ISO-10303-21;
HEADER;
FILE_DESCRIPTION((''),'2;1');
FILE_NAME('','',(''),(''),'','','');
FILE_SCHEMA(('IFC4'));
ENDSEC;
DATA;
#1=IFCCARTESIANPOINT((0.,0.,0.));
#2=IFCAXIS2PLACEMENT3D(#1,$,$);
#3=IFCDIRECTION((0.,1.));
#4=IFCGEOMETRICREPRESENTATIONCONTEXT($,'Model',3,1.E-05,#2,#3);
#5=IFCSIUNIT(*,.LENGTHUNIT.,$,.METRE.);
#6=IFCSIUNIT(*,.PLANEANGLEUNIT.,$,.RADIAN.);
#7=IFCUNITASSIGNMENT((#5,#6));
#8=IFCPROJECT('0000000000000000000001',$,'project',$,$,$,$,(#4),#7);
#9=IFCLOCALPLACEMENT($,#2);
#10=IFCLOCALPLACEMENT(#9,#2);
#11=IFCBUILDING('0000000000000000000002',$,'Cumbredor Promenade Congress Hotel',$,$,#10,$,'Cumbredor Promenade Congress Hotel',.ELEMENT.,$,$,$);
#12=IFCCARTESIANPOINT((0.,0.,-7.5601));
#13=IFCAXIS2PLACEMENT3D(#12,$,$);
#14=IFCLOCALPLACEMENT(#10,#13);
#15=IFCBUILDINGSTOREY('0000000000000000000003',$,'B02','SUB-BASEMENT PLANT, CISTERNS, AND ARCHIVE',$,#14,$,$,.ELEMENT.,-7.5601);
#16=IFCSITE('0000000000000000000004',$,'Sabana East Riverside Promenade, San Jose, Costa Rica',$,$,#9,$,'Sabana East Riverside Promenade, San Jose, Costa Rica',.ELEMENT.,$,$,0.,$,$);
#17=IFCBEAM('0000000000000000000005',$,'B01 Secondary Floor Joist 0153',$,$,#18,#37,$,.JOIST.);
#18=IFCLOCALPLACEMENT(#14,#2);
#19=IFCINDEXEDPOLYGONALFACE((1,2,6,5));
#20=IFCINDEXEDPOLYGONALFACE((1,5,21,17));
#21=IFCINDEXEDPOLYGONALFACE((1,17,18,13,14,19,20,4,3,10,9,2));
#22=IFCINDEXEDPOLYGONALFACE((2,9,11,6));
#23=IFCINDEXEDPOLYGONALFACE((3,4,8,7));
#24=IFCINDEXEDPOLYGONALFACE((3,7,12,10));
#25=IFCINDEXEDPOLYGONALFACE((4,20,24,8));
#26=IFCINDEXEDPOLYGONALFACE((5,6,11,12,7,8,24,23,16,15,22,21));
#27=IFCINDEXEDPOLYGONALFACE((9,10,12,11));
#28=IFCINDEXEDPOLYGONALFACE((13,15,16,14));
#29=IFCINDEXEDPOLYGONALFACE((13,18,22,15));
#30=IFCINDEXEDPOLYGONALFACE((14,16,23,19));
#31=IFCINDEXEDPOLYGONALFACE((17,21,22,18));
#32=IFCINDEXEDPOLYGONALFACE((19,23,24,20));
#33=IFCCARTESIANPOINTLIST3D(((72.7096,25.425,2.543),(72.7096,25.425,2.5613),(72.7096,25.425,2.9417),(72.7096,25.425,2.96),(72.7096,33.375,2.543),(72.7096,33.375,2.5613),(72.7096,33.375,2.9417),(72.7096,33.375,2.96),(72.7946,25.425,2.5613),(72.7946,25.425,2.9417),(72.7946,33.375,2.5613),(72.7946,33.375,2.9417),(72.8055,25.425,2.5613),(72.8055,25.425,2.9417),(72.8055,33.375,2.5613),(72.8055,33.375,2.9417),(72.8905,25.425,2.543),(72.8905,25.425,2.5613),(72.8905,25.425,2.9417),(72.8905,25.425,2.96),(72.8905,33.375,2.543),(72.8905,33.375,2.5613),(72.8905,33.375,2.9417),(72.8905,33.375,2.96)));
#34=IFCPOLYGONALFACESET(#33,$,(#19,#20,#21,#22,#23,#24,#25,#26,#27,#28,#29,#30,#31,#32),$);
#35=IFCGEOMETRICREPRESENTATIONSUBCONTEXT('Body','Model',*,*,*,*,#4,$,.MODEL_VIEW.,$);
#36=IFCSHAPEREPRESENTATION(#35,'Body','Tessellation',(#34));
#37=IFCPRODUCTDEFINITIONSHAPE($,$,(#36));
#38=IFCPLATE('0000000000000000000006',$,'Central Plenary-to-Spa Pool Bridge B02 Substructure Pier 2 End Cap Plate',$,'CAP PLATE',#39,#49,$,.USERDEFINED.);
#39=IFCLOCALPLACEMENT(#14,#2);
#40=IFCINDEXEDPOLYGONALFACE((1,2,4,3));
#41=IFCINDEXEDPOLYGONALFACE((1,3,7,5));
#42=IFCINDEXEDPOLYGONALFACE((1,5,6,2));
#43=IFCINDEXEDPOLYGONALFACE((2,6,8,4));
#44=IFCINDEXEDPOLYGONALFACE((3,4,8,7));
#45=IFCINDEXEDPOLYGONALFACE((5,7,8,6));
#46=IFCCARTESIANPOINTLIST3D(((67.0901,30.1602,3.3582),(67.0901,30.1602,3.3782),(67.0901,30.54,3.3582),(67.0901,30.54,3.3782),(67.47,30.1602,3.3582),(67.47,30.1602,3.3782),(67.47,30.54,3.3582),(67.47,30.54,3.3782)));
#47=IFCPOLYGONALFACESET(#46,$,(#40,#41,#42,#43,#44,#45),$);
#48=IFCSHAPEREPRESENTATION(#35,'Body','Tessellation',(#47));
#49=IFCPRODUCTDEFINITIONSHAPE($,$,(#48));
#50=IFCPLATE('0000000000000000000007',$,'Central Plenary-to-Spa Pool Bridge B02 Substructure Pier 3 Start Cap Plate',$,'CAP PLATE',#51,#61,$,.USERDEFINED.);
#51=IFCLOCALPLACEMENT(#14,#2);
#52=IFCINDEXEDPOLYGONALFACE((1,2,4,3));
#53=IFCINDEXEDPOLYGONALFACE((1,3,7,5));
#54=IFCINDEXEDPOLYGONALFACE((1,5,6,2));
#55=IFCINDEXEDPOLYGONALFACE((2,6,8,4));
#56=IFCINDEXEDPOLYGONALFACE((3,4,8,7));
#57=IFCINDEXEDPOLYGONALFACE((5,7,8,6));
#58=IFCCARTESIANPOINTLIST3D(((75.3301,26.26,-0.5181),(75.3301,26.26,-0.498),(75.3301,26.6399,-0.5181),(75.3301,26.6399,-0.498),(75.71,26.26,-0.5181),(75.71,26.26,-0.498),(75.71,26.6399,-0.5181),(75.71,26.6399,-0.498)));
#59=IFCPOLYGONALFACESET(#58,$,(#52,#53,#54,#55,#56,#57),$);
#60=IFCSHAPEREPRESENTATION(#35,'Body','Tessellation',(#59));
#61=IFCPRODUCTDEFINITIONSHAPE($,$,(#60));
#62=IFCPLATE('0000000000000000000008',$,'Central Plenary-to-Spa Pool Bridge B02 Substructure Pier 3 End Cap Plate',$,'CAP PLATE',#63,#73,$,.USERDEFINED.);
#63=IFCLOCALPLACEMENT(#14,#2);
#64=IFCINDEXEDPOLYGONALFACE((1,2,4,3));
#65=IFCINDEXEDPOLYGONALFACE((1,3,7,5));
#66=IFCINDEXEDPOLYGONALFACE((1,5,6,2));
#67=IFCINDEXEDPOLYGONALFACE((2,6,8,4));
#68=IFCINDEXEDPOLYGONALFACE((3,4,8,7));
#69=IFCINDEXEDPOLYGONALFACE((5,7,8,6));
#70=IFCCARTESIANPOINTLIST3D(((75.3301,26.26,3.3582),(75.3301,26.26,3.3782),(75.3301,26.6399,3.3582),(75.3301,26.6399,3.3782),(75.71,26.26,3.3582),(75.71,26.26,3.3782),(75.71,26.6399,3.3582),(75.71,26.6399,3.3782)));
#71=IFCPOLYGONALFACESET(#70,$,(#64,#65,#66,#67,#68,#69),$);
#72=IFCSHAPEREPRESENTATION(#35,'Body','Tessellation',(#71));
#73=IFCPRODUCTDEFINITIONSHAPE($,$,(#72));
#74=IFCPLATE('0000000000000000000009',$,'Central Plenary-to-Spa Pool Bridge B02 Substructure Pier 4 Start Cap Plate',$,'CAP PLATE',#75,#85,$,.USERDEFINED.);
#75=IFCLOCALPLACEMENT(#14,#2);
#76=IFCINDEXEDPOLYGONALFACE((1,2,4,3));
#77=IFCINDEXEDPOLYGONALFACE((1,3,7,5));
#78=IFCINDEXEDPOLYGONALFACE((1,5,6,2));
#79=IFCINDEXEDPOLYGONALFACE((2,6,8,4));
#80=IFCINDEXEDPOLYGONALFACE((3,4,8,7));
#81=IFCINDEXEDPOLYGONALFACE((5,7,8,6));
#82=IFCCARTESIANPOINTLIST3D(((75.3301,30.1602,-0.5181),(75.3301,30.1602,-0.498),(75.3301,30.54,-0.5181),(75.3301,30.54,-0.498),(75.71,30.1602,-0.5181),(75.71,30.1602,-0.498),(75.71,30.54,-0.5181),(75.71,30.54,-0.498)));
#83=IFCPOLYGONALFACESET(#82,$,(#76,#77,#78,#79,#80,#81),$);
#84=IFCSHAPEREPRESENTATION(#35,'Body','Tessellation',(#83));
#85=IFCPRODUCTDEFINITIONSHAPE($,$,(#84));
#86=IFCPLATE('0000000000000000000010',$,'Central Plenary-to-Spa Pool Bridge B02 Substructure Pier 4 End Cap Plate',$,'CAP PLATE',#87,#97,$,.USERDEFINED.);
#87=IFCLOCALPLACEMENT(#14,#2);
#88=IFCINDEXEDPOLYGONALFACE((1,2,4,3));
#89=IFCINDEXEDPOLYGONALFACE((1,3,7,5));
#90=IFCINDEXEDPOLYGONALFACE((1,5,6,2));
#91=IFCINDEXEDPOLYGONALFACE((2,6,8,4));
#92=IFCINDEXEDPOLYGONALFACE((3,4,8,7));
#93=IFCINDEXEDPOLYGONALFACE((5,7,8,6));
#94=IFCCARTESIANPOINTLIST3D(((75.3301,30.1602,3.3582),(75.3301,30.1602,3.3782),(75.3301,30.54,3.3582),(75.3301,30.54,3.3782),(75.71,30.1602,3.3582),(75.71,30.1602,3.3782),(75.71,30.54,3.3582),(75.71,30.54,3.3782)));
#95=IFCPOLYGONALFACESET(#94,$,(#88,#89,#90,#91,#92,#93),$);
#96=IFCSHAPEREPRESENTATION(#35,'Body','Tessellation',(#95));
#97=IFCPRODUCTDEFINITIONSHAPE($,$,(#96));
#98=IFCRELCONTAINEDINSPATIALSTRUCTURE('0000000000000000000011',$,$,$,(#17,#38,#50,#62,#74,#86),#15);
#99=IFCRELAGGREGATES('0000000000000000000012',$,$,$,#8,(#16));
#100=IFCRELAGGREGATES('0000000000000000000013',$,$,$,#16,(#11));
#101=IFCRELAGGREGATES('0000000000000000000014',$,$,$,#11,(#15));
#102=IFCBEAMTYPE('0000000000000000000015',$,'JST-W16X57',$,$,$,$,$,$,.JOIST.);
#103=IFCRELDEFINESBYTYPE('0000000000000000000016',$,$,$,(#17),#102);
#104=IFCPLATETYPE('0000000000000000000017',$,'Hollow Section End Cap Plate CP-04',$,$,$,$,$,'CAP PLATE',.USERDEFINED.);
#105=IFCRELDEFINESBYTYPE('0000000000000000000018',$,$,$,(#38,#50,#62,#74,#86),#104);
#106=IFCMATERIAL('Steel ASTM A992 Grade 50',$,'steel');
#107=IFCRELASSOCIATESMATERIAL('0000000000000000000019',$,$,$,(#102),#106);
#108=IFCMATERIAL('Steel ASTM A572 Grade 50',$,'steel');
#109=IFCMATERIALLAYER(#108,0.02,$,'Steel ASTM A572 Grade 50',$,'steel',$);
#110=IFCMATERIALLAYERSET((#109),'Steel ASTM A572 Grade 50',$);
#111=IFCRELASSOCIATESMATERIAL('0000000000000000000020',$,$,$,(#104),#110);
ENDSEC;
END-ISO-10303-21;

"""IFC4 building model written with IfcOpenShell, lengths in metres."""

from ifc_helpers import new_model, si_unit, direction, frame, origin, origin_2d, place, context, subcontext, project, spatial, rectangle, i_section, extrude, material, layer, layer_set, material_profile, profile_set, type_object, element, save


model = new_model("IFC4")

# Units and contexts
model_context = context("Model", 3, precision=1e-05, world=origin(), true_north=direction((0.0, 1.0)))
body_context = subcontext(model_context, "Body", "Model", "MODEL_VIEW")
ifc_project = project(units=[si_unit("LENGTHUNIT", "METRE"), si_unit("PLANEANGLEUNIT", "RADIAN")], contexts=[model_context])

# Site, building, storey
site_placement = place(None, origin())
site = spatial("IfcSite", under=ifc_project, at=site_placement, Name="Sabana East Riverside Promenade, San Jose, Costa Rica", LongName="Sabana East Riverside Promenade, San Jose, Costa Rica", CompositionType="ELEMENT", RefElevation=0.0)
building_placement = place(site_placement, origin())
building = spatial("IfcBuilding", under=site, at=building_placement, Name="Cumbredor Promenade Congress Hotel", LongName="Cumbredor Promenade Congress Hotel", CompositionType="ELEMENT")
storey_placement = place(building_placement, frame((0.0, 0.0, -7.5601)))
storey = spatial("IfcBuildingStorey", under=building, at=storey_placement, Name="B02", Description="SUB-BASEMENT PLANT, CISTERNS, AND ARCHIVE", CompositionType="ELEMENT", Elevation=-7.5601)

# Beam
ifc_material_1 = material(Name="Steel ASTM A992 Grade 50", Category="steel")
ifc_material_profile_1 = material_profile(ifc_material_1, i_section(OverallWidth=0.1809, OverallDepth=0.417, WebThickness=0.011, FlangeThickness=0.0183, at=origin_2d()), Name="W16X57")
ifc_profile_set_1 = profile_set([ifc_material_profile_1], Name="Steel ASTM A992 Grade 50")
beam_type_1 = type_object("IfcBeamType", Name="JST-W16X57", PredefinedType="JOIST", material=ifc_profile_set_1)
for number, where, z_axis, x_axis, name in (
    (1, (72.8, 25.425, 2.7515), (0.0, 1.0, 0.0), (-1.0, 0.0, 0.0), "B01 Secondary Floor Joist 0153"),
):
    element("IfcBeam", number, at=place(storey_placement, frame(where, z_axis=z_axis, x_axis=x_axis)), inside=storey, type_object=beam_type_1, Name=name, PredefinedType="JOIST", context=body_context, shape_type="SweptSolid", body=[
        extrude(i_section(OverallWidth=0.1809, OverallDepth=0.417, WebThickness=0.011, FlangeThickness=0.0183, at=origin_2d()), origin(), (0.0, 0.0, 1.0), 7.95),
    ])

# Plates
ifc_material_2 = material(Name="Steel ASTM A572 Grade 50", Category="steel")
ifc_layer = layer(ifc_material_2, 0.02, Name="Steel ASTM A572 Grade 50", Category="steel")
ifc_layer_set = layer_set([ifc_layer], Name="Steel ASTM A572 Grade 50")
plate_type = type_object("IfcPlateType", Name="Hollow Section End Cap Plate CP-04", ElementType="CAP PLATE", PredefinedType="USERDEFINED", material=ifc_layer_set)
for number, where, z_axis, x_axis, name in (
    (2, (67.28, 30.3501, 3.3582), (0.0, 0.0, 1.0), (1.0, 0.0, 0.0), "Central Plenary-to-Spa Pool Bridge B02 Substructure Pier 2 End Cap Plate"),
    (3, (75.52, 26.45, -0.5181), (0.0, 0.0, 1.0), (1.0, 0.0, 0.0), "Central Plenary-to-Spa Pool Bridge B02 Substructure Pier 3 Start Cap Plate"),
    (4, (75.52, 26.45, 3.3582), (0.0, 0.0, 1.0), (1.0, 0.0, 0.0), "Central Plenary-to-Spa Pool Bridge B02 Substructure Pier 3 End Cap Plate"),
    (5, (75.52, 30.3501, -0.5181), (0.0, 0.0, 1.0), (1.0, 0.0, 0.0), "Central Plenary-to-Spa Pool Bridge B02 Substructure Pier 4 Start Cap Plate"),
    (6, (75.52, 30.3501, 3.3582), (0.0, 0.0, 1.0), (1.0, 0.0, 0.0), "Central Plenary-to-Spa Pool Bridge B02 Substructure Pier 4 End Cap Plate"),
):
    element("IfcPlate", number, at=place(storey_placement, frame(where, z_axis=z_axis, x_axis=x_axis)), inside=storey, type_object=plate_type, Name=name, ObjectType="CAP PLATE", PredefinedType="USERDEFINED", context=body_context, shape_type="SweptSolid", body=[
        extrude(rectangle(XDim=0.3799, YDim=0.3799, at=origin_2d()), origin(), (0.0, 0.0, 1.0), 0.02),
    ])

save(model, "model.ifc")
